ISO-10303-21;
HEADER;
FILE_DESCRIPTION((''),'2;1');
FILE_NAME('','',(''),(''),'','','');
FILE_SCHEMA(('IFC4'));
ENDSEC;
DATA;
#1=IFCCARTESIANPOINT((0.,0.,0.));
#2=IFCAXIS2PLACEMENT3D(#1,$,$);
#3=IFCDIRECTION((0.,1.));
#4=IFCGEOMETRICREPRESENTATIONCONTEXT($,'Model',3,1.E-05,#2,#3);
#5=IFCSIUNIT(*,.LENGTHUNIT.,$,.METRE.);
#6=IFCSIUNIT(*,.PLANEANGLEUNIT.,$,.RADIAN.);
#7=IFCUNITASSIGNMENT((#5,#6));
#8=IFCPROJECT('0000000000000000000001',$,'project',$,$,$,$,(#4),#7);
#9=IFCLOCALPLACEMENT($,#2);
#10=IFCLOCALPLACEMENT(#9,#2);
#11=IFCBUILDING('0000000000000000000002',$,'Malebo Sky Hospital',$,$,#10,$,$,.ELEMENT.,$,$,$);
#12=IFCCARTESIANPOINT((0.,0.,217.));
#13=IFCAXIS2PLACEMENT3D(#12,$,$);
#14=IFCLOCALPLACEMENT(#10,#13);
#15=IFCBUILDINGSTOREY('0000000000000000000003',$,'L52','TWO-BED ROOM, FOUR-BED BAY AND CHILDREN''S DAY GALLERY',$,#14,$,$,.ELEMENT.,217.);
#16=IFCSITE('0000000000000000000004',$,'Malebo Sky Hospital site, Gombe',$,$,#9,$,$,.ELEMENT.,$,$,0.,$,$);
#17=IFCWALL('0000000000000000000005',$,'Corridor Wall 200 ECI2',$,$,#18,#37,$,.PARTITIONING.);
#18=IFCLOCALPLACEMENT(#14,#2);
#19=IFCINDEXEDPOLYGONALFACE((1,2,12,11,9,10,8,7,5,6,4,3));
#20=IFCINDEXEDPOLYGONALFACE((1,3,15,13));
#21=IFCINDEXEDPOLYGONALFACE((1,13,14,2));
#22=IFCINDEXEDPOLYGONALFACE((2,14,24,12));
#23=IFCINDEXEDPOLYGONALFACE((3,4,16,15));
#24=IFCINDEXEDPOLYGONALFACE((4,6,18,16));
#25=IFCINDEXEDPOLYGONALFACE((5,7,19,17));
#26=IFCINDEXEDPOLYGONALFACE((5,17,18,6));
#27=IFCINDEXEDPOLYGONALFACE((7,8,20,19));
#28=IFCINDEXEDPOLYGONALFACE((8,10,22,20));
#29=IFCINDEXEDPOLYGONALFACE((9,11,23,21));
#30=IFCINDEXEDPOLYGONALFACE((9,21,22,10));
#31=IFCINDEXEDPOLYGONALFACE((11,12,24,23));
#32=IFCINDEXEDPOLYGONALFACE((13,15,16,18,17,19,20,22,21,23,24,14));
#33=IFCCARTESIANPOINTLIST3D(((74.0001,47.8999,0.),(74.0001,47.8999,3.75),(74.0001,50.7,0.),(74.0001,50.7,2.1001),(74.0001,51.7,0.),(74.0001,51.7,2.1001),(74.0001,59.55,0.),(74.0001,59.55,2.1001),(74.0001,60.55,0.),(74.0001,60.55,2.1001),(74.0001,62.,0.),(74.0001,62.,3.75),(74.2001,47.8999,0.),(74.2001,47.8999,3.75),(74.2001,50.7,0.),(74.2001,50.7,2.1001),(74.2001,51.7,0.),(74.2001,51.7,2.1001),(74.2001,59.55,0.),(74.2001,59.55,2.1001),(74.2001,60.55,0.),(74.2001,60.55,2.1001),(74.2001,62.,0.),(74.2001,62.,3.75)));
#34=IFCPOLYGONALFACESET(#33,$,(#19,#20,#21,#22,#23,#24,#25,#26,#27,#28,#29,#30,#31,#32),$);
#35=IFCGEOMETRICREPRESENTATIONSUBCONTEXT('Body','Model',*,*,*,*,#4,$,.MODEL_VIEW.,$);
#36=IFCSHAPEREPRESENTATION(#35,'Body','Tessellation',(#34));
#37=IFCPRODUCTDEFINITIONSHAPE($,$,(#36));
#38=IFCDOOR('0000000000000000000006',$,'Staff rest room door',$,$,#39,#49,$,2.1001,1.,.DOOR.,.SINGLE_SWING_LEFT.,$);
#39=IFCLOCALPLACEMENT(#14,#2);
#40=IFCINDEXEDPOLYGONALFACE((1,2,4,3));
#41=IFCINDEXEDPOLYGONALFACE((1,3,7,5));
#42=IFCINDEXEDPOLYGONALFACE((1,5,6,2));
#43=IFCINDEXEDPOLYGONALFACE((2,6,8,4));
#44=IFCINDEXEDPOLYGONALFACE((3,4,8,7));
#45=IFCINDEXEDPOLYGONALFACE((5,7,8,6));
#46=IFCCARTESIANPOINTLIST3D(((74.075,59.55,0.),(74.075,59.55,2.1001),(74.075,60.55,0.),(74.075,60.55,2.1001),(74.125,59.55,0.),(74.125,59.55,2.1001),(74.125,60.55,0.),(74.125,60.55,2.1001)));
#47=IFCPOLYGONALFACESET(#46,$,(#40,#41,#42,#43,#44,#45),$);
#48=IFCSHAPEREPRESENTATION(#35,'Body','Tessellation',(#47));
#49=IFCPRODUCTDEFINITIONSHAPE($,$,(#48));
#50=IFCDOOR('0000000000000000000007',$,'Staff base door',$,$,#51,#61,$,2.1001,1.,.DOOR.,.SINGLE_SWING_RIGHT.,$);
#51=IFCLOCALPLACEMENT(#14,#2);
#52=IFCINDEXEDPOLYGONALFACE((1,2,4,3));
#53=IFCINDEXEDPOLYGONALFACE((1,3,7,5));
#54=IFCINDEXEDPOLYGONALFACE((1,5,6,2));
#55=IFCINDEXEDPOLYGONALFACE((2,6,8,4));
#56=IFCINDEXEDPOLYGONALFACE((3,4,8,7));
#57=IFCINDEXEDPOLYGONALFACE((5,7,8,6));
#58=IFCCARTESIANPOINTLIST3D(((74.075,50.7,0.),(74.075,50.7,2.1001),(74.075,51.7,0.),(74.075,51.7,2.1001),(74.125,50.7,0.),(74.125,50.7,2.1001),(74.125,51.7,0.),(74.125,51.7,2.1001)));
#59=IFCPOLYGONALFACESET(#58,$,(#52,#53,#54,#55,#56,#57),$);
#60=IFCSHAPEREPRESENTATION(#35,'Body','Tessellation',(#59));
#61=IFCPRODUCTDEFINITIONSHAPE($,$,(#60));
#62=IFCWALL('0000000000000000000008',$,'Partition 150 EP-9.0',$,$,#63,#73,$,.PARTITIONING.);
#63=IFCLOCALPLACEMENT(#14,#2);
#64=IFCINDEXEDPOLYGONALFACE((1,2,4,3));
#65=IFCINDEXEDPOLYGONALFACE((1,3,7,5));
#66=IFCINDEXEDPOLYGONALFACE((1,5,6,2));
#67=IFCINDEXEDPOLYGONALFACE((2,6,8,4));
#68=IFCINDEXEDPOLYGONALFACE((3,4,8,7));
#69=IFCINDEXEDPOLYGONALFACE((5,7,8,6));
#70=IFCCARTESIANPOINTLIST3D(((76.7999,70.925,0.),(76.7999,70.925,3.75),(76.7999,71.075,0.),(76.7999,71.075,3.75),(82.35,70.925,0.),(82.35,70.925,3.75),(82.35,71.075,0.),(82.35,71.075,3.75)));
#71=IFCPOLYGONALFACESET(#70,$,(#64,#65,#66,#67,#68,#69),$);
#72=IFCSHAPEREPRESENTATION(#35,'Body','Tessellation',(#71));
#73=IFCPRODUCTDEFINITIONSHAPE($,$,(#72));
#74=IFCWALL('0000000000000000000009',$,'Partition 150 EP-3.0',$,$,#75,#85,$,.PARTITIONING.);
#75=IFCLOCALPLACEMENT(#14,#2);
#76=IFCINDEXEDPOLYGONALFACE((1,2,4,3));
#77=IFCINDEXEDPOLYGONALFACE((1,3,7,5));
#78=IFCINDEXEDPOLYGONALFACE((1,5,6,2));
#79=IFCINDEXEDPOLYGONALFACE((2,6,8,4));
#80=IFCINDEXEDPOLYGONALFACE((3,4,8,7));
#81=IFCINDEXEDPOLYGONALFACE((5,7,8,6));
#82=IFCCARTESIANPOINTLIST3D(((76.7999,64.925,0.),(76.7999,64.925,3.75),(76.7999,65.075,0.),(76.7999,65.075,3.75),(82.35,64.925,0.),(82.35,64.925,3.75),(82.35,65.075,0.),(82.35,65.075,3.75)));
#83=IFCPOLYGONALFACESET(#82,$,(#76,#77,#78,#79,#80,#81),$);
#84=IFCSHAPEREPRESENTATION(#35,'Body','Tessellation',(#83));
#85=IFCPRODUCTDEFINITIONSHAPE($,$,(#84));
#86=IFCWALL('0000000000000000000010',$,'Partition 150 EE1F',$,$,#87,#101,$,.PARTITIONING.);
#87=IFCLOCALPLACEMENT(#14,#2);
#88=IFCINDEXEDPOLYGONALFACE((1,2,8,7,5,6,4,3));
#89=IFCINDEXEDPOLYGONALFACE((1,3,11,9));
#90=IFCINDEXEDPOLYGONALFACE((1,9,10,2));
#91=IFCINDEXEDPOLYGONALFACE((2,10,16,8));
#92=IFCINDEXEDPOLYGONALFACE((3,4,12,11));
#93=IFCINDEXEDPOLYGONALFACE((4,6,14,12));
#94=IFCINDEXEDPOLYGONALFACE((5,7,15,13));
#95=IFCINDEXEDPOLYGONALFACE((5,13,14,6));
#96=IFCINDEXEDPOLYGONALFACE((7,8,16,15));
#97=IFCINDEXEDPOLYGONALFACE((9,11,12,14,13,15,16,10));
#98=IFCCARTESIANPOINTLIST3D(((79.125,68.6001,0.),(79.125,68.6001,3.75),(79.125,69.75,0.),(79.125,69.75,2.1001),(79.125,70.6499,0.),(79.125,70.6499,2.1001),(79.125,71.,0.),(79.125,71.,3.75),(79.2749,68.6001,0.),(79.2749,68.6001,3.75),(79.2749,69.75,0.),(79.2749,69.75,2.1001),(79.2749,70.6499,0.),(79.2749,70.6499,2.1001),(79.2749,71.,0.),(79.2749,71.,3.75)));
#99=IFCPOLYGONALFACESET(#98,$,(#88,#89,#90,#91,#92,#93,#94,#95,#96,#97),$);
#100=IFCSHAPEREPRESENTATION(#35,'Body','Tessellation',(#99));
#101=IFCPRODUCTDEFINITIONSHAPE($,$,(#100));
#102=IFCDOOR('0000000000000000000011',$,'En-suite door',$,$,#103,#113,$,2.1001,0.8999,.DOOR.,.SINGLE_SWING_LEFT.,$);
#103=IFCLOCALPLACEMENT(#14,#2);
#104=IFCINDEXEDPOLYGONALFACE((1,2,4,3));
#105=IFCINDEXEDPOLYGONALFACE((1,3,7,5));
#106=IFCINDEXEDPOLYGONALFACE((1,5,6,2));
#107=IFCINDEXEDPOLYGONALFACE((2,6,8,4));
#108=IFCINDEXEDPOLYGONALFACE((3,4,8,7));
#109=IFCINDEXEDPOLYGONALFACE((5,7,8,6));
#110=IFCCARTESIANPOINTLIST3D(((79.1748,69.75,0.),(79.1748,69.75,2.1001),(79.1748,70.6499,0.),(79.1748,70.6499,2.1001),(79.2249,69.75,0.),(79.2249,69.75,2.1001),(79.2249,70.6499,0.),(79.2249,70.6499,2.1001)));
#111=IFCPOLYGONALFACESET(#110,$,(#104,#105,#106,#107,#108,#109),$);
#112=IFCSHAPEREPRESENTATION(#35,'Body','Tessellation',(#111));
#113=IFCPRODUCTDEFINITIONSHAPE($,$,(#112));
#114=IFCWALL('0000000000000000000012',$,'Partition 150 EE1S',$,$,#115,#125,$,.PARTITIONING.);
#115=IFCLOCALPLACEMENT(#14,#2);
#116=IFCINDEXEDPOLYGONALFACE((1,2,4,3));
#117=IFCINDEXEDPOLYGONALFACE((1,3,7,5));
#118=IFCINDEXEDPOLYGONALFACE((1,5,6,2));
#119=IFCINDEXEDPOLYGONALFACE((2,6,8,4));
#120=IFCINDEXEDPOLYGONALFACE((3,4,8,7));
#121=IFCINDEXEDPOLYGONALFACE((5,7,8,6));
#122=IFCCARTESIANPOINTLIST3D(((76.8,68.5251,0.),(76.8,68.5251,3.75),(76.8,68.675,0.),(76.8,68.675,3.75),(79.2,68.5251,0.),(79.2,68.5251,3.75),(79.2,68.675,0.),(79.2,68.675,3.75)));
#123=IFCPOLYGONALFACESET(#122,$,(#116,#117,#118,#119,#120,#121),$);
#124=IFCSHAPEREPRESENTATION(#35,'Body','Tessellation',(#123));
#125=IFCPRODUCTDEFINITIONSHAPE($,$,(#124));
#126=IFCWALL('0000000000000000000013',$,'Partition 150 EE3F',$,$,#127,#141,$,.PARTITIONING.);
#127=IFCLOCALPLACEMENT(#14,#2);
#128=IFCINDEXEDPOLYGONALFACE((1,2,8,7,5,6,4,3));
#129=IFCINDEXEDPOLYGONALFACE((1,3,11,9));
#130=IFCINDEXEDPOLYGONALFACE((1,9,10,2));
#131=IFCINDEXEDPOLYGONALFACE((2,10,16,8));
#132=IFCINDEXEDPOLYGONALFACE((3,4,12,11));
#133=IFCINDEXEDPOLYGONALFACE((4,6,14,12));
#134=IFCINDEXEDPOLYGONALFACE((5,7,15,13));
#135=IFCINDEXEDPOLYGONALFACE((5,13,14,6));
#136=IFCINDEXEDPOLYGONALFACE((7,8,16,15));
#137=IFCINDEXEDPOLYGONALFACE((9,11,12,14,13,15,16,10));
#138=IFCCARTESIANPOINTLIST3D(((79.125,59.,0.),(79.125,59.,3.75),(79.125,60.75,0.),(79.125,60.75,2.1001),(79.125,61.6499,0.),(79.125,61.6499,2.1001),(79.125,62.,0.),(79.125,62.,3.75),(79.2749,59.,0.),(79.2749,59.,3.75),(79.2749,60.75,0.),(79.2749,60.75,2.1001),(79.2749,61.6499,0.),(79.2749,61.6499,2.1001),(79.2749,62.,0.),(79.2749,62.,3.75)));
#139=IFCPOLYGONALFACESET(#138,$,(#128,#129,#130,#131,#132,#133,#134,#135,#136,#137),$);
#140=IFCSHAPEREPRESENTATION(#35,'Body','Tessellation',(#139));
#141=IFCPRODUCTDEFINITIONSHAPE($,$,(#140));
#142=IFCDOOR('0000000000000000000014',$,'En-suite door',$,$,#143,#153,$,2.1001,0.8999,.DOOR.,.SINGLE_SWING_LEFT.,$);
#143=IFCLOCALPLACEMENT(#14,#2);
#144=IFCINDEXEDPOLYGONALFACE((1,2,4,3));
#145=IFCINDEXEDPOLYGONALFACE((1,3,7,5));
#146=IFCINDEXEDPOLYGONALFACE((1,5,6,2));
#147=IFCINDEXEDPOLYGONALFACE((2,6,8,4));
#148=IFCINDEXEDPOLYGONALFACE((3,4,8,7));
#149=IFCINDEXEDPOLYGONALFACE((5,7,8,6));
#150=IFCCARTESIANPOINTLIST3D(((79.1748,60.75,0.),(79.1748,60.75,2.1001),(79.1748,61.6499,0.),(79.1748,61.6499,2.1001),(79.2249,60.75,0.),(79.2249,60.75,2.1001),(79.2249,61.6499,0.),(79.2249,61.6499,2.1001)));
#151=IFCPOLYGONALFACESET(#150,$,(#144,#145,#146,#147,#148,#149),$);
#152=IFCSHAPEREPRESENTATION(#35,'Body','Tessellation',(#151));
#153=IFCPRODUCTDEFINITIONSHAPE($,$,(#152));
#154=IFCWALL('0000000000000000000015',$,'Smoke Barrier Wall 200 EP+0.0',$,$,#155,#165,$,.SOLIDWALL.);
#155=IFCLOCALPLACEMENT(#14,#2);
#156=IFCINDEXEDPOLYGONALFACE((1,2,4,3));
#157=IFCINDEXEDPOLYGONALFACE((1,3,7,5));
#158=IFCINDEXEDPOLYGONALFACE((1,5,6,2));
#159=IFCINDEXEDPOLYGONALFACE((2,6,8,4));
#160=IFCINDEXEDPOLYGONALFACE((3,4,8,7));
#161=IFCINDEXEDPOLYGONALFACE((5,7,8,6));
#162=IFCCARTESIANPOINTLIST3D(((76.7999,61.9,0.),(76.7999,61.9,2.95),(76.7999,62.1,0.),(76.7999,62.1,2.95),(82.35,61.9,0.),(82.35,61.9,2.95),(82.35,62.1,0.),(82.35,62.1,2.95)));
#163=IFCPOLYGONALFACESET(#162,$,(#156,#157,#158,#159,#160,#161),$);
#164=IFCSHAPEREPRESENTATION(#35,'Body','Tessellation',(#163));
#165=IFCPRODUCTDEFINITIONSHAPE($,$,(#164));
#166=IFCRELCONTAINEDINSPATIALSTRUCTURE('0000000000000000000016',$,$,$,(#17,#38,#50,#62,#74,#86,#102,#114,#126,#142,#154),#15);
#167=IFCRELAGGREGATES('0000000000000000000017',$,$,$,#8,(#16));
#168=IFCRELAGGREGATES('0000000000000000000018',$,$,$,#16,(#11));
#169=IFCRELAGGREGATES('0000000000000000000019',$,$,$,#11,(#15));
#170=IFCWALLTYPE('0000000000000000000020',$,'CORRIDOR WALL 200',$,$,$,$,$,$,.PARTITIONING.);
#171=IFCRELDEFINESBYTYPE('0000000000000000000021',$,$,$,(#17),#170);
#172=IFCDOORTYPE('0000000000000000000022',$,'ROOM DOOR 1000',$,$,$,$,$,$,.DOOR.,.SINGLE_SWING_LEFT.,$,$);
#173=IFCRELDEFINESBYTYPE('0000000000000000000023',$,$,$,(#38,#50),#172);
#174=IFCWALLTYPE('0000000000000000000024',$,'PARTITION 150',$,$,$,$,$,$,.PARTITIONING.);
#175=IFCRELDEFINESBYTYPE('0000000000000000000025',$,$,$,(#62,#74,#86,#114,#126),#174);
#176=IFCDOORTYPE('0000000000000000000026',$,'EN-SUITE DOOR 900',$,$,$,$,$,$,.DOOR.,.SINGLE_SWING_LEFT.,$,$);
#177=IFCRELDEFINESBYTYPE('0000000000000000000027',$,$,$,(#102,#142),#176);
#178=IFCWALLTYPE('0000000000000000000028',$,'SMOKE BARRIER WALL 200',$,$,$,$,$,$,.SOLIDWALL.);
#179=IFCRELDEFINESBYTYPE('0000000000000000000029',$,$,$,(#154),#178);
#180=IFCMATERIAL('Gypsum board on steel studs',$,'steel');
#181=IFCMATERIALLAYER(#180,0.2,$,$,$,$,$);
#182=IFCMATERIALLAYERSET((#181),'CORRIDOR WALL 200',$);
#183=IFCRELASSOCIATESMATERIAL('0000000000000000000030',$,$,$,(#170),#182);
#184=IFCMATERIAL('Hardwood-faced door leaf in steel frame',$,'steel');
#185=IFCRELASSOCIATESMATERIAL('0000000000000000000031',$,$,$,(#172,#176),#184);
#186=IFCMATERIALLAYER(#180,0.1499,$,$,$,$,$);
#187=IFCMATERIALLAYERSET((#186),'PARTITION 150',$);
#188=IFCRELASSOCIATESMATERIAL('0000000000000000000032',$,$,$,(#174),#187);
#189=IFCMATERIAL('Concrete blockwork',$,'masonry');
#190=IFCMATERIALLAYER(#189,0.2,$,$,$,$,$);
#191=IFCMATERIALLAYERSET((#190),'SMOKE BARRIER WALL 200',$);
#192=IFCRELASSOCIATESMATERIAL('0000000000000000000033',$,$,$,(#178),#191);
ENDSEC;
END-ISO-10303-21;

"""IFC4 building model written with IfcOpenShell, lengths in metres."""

from ifc_helpers import new_model, si_unit, direction, frame, frame_2d, origin, place, context, subcontext, project, spatial, rectangle, extrude, material, layer, layer_set, type_object, element, fill, save


model = new_model("IFC4")

# Units and contexts
model_context = context("Model", 3, precision=1e-05, world=origin(), true_north=direction((0.0, 1.0)))
body_context = subcontext(model_context, "Body", "Model", "MODEL_VIEW")
ifc_project = project(units=[si_unit("LENGTHUNIT", "METRE"), si_unit("PLANEANGLEUNIT", "RADIAN")], contexts=[model_context])

# Site, building, storey
site_placement = place(None, origin())
site = spatial("IfcSite", under=ifc_project, at=site_placement, Name="Malebo Sky Hospital site, Gombe", CompositionType="ELEMENT", RefElevation=0.0)
building_placement = place(site_placement, origin())
building = spatial("IfcBuilding", under=site, at=building_placement, Name="Malebo Sky Hospital", CompositionType="ELEMENT")
storey_placement = place(building_placement, frame((0.0, 0.0, 217.0)))
storey = spatial("IfcBuildingStorey", under=building, at=storey_placement, Name="L52", Description="TWO-BED ROOM, FOUR-BED BAY AND CHILDREN'S DAY GALLERY", CompositionType="ELEMENT", Elevation=217.0)

# Shared definitions
ifc_material_1 = material(Name="Gypsum board on steel studs", Category="steel")
ifc_layer_1 = layer(ifc_material_1, 0.2)
ifc_layer_set_1 = layer_set([ifc_layer_1], Name="CORRIDOR WALL 200")
wall_type_1 = type_object("IfcWallType", Name="CORRIDOR WALL 200", PredefinedType="PARTITIONING", material=ifc_layer_set_1)
ifc_material_2 = material(Name="Hardwood-faced door leaf in steel frame", Category="steel")
door_type_1 = type_object("IfcDoorType", Name="ROOM DOOR 1000", OperationType="SINGLE_SWING_LEFT", PredefinedType="DOOR", material=ifc_material_2)

# Wall, openings, doors
wall_1_placement = place(storey_placement, frame((74.1001, 62.0, 0.0), z_axis=(0.0, 0.0, 1.0), x_axis=(0.0, -1.0, 0.0)))
wall_1 = element("IfcWall", 1, at=wall_1_placement, inside=storey, type_object=wall_type_1, Name="Corridor Wall 200 ECI2", PredefinedType="PARTITIONING", context=body_context, shape_type="SweptSolid", body=[
    extrude(rectangle(XDim=14.1001, YDim=0.2, at=frame_2d((7.05, 0.0))), origin(), (0.0, 0.0, 1.0), 3.75),
])
opening_1_placement = place(wall_1_placement, frame((1.45, 0.0, 0.0)))
opening_1 = element("IfcOpeningElement", 2, at=opening_1_placement, cuts=wall_1, PredefinedType="OPENING", context=body_context, shape_type="SweptSolid", body=[
    extrude(rectangle(XDim=1.0, YDim=2.1001, at=frame_2d((0.5, 1.05))), frame((0.0, 0.1099, 0.0), z_axis=(0.0, -1.0, 0.0), x_axis=(1.0, 0.0, 0.0)), (0.0, 0.0, 1.0), 0.22),
])
opening_2_placement = place(wall_1_placement, frame((10.3, 0.0, 0.0)))
opening_2 = element("IfcOpeningElement", 3, at=opening_2_placement, cuts=wall_1, PredefinedType="OPENING", context=body_context, shape_type="SweptSolid", body=[
    extrude(rectangle(XDim=1.0, YDim=2.1001, at=frame_2d((0.5, 1.05))), frame((0.0, 0.1099, 0.0), z_axis=(0.0, -1.0, 0.0), x_axis=(1.0, 0.0, 0.0)), (0.0, 0.0, 1.0), 0.22),
])
door_1_placement = place(opening_1_placement, origin())
door_1 = element("IfcDoor", 4, at=door_1_placement, inside=storey, type_object=door_type_1, Name="Staff rest room door", OperationType="SINGLE_SWING_LEFT", OverallHeight=2.1001, OverallWidth=1.0, PredefinedType="DOOR", context=body_context, shape_type="SweptSolid", body=[
    extrude(rectangle(XDim=1.0, YDim=2.1001, at=frame_2d((0.5, 1.05))), frame((0.0, 0.0249, 0.0), z_axis=(0.0, -1.0, 0.0), x_axis=(1.0, 0.0, 0.0)), (0.0, 0.0, 1.0), 0.05),
])
fill(opening_1, door_1)
door_2_placement = place(opening_2_placement, origin())
door_2 = element("IfcDoor", 5, at=door_2_placement, inside=storey, type_object=door_type_1, Name="Staff base door", OperationType="SINGLE_SWING_RIGHT", OverallHeight=2.1001, OverallWidth=1.0, PredefinedType="DOOR", context=body_context, shape_type="SweptSolid", body=[
    extrude(rectangle(XDim=1.0, YDim=2.1001, at=frame_2d((0.5, 1.05))), frame((0.0, 0.0249, 0.0), z_axis=(0.0, -1.0, 0.0), x_axis=(1.0, 0.0, 0.0)), (0.0, 0.0, 1.0), 0.05),
])
fill(opening_2, door_2)

# Walls
ifc_layer_2 = layer(ifc_material_1, 0.1499)
ifc_layer_set_2 = layer_set([ifc_layer_2], Name="PARTITION 150")
wall_type_2 = type_object("IfcWallType", Name="PARTITION 150", PredefinedType="PARTITIONING", material=ifc_layer_set_2)
for number, where, z_axis, x_axis, name in (
    (6, (76.8, 71.0, 0.0), (0.0, 0.0, 1.0), (1.0, 0.0, 0.0), "Partition 150 EP-9.0"),
    (7, (76.8, 65.0, 0.0), (0.0, 0.0, 1.0), (1.0, 0.0, 0.0), "Partition 150 EP-3.0"),
):
    element("IfcWall", number, at=place(storey_placement, frame(where, z_axis=z_axis, x_axis=x_axis)), inside=storey, type_object=wall_type_2, Name=name, PredefinedType="PARTITIONING", context=body_context, shape_type="SweptSolid", body=[
        extrude(rectangle(XDim=5.55, YDim=0.1499, at=frame_2d((2.7749, 0.0))), origin(), (0.0, 0.0, 1.0), 3.75),
    ])

# Wall, opening, door
wall_2_placement = place(storey_placement, frame((79.2, 71.0, 0.0), z_axis=(0.0, 0.0, 1.0), x_axis=(0.0, -1.0, 0.0)))
wall_2 = element("IfcWall", 8, at=wall_2_placement, inside=storey, type_object=wall_type_2, Name="Partition 150 EE1F", PredefinedType="PARTITIONING", context=body_context, shape_type="SweptSolid", body=[
    extrude(rectangle(XDim=2.3999, YDim=0.1499, at=frame_2d((1.2, 0.0))), origin(), (0.0, 0.0, 1.0), 3.75),
])
opening_3_placement = place(wall_2_placement, frame((0.3501, 0.0, 0.0)))
opening_3 = element("IfcOpeningElement", 9, at=opening_3_placement, cuts=wall_2, PredefinedType="OPENING", context=body_context, shape_type="SweptSolid", body=[
    extrude(rectangle(XDim=0.8999, YDim=2.1001, at=frame_2d((0.45, 1.05))), frame((0.0, 0.085, 0.0), z_axis=(0.0, -1.0, 0.0), x_axis=(1.0, 0.0, 0.0)), (0.0, 0.0, 1.0), 0.1699),
])
door_type_2 = type_object("IfcDoorType", Name="EN-SUITE DOOR 900", OperationType="SINGLE_SWING_LEFT", PredefinedType="DOOR", material=ifc_material_2)
door_3_placement = place(opening_3_placement, origin())
door_3 = element("IfcDoor", 10, at=door_3_placement, inside=storey, type_object=door_type_2, Name="En-suite door", OperationType="SINGLE_SWING_LEFT", OverallHeight=2.1001, OverallWidth=0.8999, PredefinedType="DOOR", context=body_context, shape_type="SweptSolid", body=[
    extrude(rectangle(XDim=0.8999, YDim=2.1001, at=frame_2d((0.45, 1.05))), frame((0.0, 0.0249, 0.0), z_axis=(0.0, -1.0, 0.0), x_axis=(1.0, 0.0, 0.0)), (0.0, 0.0, 1.0), 0.05),
])
fill(opening_3, door_3)

# Wall
wall_3_placement = place(storey_placement, frame((76.8, 68.6001, 0.0), z_axis=(0.0, 0.0, 1.0), x_axis=(1.0, 0.0, 0.0)))
element("IfcWall", 11, at=wall_3_placement, inside=storey, type_object=wall_type_2, Name="Partition 150 EE1S", PredefinedType="PARTITIONING", context=body_context, shape_type="SweptSolid", body=[
    extrude(rectangle(XDim=2.3999, YDim=0.1499, at=frame_2d((1.2, 0.0))), origin(), (0.0, 0.0, 1.0), 3.75),
])

# Wall, opening, door
wall_4_placement = place(storey_placement, frame((79.2, 62.0, 0.0), z_axis=(0.0, 0.0, 1.0), x_axis=(0.0, -1.0, 0.0)))
wall_4 = element("IfcWall", 12, at=wall_4_placement, inside=storey, type_object=wall_type_2, Name="Partition 150 EE3F", PredefinedType="PARTITIONING", context=body_context, shape_type="SweptSolid", body=[
    extrude(rectangle(XDim=3.0, YDim=0.1499, at=frame_2d((1.5, 0.0))), origin(), (0.0, 0.0, 1.0), 3.75),
])
opening_4_placement = place(wall_4_placement, frame((0.3501, 0.0, 0.0)))
opening_4 = element("IfcOpeningElement", 13, at=opening_4_placement, cuts=wall_4, PredefinedType="OPENING", context=body_context, shape_type="SweptSolid", body=[
    extrude(rectangle(XDim=0.8999, YDim=2.1001, at=frame_2d((0.45, 1.05))), frame((0.0, 0.085, 0.0), z_axis=(0.0, -1.0, 0.0), x_axis=(1.0, 0.0, 0.0)), (0.0, 0.0, 1.0), 0.1699),
])
door_4_placement = place(opening_4_placement, origin())
door_4 = element("IfcDoor", 14, at=door_4_placement, inside=storey, type_object=door_type_2, Name="En-suite door", OperationType="SINGLE_SWING_LEFT", OverallHeight=2.1001, OverallWidth=0.8999, PredefinedType="DOOR", context=body_context, shape_type="SweptSolid", body=[
    extrude(rectangle(XDim=0.8999, YDim=2.1001, at=frame_2d((0.45, 1.05))), frame((0.0, 0.0249, 0.0), z_axis=(0.0, -1.0, 0.0), x_axis=(1.0, 0.0, 0.0)), (0.0, 0.0, 1.0), 0.05),
])
fill(opening_4, door_4)

# Wall
ifc_material_3 = material(Name="Concrete blockwork", Category="masonry")
ifc_layer_3 = layer(ifc_material_3, 0.2)
ifc_layer_set_3 = layer_set([ifc_layer_3], Name="SMOKE BARRIER WALL 200")
wall_type_3 = type_object("IfcWallType", Name="SMOKE BARRIER WALL 200", PredefinedType="SOLIDWALL", material=ifc_layer_set_3)
wall_5_placement = place(storey_placement, frame((76.8, 62.0, 0.0), z_axis=(0.0, 0.0, 1.0), x_axis=(1.0, 0.0, 0.0)))
element("IfcWall", 15, at=wall_5_placement, inside=storey, type_object=wall_type_3, Name="Smoke Barrier Wall 200 EP+0.0", PredefinedType="SOLIDWALL", context=body_context, shape_type="SweptSolid", body=[
    extrude(rectangle(XDim=5.55, YDim=0.2, at=frame_2d((2.7749, 0.0))), origin(), (0.0, 0.0, 1.0), 2.95),
])

save(model, "model.ifc")
